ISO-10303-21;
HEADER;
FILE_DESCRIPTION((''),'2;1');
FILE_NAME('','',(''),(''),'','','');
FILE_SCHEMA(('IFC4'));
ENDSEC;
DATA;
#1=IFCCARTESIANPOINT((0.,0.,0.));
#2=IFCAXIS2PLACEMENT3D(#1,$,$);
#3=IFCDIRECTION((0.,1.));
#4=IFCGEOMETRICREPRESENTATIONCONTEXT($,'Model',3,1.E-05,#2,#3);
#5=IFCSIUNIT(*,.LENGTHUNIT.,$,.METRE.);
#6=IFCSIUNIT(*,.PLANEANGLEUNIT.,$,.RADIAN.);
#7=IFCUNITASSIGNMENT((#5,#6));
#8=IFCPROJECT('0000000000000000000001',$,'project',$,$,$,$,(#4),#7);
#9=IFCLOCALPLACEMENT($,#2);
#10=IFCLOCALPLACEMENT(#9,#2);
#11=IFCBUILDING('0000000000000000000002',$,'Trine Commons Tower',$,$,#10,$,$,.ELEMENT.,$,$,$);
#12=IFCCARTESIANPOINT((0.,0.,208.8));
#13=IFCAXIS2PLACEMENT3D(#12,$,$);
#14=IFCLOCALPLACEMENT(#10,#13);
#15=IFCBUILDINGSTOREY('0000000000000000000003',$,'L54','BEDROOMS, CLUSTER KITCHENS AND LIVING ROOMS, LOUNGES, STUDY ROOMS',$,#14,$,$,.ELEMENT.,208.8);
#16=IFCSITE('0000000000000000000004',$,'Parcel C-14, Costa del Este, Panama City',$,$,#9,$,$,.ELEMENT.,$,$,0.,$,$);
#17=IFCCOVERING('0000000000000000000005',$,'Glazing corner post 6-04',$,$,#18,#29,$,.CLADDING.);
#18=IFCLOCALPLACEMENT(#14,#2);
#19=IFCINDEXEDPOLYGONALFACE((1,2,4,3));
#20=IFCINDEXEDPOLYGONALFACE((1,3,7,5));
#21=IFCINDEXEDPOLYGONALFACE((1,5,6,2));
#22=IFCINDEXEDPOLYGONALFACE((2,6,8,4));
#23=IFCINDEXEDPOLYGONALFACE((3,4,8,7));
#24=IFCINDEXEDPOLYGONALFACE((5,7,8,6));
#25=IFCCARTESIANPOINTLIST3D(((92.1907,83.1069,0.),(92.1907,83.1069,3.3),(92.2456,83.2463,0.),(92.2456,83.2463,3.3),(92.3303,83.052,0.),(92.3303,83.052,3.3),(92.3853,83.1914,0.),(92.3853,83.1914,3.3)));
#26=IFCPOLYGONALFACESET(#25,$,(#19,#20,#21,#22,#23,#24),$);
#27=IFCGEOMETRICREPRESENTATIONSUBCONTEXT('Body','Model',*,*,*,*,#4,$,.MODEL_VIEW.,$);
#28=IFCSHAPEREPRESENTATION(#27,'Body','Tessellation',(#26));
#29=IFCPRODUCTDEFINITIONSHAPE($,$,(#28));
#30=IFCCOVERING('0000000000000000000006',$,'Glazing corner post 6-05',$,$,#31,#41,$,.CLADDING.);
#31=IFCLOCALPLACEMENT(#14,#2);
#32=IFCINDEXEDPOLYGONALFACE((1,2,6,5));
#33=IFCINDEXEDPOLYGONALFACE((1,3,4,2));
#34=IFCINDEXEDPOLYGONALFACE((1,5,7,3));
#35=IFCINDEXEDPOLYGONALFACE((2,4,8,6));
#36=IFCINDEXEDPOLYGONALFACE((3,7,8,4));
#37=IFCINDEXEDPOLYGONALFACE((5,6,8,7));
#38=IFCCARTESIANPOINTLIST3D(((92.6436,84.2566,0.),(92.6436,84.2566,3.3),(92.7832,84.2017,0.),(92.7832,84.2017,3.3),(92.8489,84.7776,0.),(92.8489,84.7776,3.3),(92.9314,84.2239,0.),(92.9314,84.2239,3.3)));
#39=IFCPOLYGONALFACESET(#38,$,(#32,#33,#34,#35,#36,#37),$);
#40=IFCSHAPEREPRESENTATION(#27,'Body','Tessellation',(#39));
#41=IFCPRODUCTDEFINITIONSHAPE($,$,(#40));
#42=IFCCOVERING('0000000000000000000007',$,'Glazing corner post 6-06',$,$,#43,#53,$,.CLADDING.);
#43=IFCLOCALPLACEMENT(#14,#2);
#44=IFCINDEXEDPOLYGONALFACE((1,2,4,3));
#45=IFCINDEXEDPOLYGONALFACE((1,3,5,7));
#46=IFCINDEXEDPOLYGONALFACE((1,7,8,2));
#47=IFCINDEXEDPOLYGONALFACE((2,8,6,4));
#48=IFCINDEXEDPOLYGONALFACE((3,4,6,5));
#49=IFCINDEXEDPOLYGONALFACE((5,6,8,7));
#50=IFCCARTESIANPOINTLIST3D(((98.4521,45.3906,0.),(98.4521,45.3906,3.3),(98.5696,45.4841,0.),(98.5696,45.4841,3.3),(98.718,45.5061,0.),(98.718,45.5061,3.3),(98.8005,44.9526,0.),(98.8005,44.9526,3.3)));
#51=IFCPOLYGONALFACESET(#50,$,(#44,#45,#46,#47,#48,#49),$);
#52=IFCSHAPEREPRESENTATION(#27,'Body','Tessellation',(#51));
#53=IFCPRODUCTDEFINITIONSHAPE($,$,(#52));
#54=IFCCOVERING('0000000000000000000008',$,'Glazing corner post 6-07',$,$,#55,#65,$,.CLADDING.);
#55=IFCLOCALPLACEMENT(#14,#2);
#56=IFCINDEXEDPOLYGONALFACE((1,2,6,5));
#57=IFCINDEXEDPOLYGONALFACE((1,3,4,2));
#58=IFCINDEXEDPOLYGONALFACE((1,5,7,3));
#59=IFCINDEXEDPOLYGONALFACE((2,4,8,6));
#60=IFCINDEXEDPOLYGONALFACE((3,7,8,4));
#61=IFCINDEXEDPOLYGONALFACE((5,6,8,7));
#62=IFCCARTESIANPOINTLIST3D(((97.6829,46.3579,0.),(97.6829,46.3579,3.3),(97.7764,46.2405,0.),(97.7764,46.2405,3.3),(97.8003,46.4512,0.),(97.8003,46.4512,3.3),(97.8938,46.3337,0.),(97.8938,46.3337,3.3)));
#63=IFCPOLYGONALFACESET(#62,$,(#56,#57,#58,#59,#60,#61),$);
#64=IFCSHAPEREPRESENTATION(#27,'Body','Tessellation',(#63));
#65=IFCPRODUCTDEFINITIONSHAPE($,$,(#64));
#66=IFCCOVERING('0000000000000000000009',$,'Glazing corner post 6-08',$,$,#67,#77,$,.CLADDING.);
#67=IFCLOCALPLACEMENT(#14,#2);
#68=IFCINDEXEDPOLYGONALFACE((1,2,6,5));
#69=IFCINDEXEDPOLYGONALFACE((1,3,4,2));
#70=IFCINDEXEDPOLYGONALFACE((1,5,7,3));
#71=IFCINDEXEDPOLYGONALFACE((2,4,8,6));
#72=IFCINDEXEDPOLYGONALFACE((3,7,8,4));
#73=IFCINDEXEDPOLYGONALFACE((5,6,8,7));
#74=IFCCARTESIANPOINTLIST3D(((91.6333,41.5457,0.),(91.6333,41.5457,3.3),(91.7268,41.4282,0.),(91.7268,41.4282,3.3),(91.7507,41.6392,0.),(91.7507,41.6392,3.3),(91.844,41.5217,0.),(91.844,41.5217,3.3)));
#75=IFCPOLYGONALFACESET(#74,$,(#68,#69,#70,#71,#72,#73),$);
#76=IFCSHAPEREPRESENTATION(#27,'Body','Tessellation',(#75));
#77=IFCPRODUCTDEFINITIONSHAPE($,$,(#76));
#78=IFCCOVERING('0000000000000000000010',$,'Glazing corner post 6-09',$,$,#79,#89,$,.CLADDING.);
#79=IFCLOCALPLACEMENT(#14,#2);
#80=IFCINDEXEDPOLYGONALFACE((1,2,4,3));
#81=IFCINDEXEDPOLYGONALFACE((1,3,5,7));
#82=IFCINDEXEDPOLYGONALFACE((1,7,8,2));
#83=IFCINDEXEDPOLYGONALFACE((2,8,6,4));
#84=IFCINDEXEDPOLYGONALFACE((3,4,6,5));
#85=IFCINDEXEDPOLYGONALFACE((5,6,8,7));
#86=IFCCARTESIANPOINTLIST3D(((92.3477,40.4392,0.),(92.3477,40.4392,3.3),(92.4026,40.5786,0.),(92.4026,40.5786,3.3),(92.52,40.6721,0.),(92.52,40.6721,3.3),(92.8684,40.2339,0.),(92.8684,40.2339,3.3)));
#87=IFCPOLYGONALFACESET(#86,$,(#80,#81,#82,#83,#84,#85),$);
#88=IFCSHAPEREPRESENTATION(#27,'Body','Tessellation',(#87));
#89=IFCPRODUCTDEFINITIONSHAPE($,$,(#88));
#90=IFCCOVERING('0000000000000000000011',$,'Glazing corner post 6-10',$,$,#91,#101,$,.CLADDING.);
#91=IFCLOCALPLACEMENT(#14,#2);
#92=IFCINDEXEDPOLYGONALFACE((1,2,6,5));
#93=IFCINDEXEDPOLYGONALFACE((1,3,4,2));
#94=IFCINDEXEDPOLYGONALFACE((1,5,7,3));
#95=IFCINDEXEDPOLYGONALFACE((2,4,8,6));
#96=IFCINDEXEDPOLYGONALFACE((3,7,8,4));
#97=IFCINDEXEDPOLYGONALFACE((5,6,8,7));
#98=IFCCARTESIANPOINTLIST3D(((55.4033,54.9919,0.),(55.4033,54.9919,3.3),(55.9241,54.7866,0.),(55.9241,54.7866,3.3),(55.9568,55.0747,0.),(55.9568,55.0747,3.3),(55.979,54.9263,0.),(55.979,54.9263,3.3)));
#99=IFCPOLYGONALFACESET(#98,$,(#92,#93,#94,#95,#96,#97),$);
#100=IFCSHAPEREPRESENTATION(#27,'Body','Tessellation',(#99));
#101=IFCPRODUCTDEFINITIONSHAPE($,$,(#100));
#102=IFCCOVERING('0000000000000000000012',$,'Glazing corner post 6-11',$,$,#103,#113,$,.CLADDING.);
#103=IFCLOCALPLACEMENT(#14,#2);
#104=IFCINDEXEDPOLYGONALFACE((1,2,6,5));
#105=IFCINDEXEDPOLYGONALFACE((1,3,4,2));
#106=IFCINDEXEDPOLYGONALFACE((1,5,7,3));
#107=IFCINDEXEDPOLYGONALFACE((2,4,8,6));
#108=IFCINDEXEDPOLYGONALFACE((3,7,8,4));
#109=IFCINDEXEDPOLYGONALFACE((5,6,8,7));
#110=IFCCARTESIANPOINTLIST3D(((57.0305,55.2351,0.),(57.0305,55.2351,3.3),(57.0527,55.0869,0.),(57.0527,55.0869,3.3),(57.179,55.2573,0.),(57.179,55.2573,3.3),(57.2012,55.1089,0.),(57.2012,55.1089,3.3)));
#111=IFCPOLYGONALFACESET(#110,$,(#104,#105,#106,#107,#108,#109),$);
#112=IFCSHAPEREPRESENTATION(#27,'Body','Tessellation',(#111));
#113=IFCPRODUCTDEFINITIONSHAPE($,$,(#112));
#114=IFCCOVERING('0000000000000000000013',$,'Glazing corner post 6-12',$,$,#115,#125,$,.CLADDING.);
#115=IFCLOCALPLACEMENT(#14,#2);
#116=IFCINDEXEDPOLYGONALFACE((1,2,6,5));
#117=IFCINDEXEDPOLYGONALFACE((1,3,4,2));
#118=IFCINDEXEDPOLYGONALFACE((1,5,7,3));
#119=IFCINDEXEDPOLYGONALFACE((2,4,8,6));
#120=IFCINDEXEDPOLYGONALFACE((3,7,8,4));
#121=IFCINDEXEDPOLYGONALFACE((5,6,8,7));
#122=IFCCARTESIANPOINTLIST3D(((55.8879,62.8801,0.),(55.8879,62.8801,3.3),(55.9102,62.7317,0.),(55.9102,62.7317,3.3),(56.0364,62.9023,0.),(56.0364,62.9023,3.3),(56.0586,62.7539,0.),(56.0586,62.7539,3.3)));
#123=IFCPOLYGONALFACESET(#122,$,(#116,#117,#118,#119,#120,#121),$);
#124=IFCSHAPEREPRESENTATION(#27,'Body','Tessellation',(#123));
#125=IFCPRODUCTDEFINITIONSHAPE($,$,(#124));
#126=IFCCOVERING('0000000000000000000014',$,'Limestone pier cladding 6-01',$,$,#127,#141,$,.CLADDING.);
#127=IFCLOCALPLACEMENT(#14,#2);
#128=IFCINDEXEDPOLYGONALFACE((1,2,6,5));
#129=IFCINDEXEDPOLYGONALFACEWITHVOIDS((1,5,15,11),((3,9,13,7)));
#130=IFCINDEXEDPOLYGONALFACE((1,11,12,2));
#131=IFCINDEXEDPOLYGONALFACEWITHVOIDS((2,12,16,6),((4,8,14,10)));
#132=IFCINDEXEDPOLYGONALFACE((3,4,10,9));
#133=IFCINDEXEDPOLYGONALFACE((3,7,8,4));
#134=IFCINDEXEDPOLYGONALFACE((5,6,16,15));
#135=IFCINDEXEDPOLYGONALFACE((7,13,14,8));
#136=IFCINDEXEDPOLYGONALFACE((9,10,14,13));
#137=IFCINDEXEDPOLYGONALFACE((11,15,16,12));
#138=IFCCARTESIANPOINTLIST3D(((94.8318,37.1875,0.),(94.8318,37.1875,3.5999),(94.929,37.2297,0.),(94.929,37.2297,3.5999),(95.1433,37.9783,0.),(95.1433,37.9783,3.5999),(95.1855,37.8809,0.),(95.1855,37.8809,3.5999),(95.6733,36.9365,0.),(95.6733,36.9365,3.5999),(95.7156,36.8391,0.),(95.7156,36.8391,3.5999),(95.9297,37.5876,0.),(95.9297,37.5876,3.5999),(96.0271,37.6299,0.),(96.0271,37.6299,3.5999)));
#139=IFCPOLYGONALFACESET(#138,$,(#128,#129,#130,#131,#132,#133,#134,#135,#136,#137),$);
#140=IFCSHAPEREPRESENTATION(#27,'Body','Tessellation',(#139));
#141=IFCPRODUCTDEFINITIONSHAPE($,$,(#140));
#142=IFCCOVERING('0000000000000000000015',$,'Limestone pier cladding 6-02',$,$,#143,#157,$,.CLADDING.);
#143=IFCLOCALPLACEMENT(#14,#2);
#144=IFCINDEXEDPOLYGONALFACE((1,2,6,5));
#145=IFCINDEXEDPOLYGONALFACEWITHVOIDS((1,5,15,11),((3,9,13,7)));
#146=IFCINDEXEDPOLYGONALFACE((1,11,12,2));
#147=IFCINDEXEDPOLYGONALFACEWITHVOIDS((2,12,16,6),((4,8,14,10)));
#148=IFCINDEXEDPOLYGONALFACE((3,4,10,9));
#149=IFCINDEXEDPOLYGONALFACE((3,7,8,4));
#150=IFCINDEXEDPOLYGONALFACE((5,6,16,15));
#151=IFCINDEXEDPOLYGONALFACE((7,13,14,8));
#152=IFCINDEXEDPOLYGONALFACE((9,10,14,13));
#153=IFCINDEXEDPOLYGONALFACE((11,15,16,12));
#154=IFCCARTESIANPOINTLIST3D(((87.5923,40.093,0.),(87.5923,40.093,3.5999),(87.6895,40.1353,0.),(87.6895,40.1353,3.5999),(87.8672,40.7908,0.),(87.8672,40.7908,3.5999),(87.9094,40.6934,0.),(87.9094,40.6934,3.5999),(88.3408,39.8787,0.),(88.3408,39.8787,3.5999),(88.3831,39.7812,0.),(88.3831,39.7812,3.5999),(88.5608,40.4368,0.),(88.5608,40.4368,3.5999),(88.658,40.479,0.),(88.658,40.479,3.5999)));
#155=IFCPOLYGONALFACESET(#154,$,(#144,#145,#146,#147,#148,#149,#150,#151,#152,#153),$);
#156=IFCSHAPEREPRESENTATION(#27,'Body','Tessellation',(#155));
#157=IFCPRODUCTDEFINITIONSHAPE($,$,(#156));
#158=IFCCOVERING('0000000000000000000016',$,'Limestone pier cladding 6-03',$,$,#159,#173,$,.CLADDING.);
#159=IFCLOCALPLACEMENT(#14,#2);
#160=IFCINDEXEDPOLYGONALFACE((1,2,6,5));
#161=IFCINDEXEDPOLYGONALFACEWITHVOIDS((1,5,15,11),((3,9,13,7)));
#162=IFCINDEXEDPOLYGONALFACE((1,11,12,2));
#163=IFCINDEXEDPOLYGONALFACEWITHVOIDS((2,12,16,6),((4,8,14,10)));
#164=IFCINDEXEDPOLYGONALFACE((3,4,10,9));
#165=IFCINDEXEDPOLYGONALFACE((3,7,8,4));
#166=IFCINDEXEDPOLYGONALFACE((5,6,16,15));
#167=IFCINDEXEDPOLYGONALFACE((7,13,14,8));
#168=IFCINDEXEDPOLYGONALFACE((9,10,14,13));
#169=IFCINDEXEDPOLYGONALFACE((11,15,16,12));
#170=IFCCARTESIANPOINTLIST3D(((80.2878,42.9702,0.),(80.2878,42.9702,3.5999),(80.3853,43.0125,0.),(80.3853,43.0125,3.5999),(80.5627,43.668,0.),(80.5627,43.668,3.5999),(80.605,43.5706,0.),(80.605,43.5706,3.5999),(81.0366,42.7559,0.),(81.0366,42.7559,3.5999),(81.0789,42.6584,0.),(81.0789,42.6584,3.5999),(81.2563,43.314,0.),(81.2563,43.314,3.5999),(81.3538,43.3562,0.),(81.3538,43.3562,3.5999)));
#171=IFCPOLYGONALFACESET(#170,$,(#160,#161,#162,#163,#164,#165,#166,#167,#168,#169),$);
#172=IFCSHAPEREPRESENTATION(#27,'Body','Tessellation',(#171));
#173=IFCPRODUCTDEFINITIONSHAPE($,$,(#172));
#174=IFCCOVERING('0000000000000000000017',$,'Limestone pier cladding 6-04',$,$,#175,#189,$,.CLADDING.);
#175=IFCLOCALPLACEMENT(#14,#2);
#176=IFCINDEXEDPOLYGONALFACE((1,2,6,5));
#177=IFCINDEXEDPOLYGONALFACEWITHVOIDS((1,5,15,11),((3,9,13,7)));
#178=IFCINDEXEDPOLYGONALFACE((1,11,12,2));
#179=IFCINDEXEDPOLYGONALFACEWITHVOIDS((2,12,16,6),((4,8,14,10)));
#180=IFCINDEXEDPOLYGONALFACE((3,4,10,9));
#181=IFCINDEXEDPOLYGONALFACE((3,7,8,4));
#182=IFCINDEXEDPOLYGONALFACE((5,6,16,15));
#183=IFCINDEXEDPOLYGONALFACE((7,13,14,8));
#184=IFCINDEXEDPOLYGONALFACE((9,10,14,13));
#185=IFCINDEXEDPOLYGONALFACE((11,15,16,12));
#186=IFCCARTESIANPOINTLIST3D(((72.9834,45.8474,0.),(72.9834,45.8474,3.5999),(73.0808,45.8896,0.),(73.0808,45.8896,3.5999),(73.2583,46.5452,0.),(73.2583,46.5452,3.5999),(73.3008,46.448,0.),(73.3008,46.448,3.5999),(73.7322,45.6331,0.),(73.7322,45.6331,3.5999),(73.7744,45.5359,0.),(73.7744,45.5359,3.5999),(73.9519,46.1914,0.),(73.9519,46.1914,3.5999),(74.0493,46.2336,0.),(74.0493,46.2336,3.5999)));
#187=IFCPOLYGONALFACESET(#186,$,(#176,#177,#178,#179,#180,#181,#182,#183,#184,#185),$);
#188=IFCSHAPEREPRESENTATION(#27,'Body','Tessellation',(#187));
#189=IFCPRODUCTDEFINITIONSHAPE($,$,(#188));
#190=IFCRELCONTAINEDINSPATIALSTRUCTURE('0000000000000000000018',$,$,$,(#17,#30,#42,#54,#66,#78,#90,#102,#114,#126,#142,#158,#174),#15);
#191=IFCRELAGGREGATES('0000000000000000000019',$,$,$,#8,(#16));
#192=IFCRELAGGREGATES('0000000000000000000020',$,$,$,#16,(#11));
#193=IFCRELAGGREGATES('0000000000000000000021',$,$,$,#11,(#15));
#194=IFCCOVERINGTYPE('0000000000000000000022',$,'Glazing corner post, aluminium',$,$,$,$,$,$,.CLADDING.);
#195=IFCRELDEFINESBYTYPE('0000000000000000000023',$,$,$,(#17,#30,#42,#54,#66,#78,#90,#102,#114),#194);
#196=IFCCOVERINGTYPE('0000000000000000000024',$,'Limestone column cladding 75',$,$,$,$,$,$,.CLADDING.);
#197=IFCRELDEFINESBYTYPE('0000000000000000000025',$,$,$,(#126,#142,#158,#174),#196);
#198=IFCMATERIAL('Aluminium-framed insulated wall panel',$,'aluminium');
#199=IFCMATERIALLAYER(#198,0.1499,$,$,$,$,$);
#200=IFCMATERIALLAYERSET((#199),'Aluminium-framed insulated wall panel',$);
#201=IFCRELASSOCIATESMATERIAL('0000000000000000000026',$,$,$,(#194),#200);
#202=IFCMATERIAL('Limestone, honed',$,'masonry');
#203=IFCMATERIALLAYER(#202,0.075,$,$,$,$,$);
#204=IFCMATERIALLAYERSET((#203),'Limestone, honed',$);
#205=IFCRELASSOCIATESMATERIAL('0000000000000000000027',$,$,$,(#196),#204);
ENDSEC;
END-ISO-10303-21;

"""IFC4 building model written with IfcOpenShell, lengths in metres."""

from ifc_helpers import new_model, si_unit, direction, frame, origin, place, context, subcontext, project, spatial, polyline, outline, extrude, material, layer, layer_set, type_object, element, save


model = new_model("IFC4")

# Units and contexts
model_context = context("Model", 3, precision=1e-05, world=origin(), true_north=direction((0.0, 1.0)))
body_context = subcontext(model_context, "Body", "Model", "MODEL_VIEW")
ifc_project = project(units=[si_unit("LENGTHUNIT", "METRE"), si_unit("PLANEANGLEUNIT", "RADIAN")], contexts=[model_context])

# Site, building, storey
site_placement = place(None, origin())
site = spatial("IfcSite", under=ifc_project, at=site_placement, Name="Parcel C-14, Costa del Este, Panama City", CompositionType="ELEMENT", RefElevation=0.0)
building_placement = place(site_placement, origin())
building = spatial("IfcBuilding", under=site, at=building_placement, Name="Trine Commons Tower", CompositionType="ELEMENT")
storey_placement = place(building_placement, frame((0.0, 0.0, 208.8)))
storey = spatial("IfcBuildingStorey", under=building, at=storey_placement, Name="L54", Description="BEDROOMS, CLUSTER KITCHENS AND LIVING ROOMS, LOUNGES, STUDY ROOMS", CompositionType="ELEMENT", Elevation=208.8)

# Coverings
ifc_material_1 = material(Name="Aluminium-framed insulated wall panel", Category="aluminium")
ifc_layer_1 = layer(ifc_material_1, 0.1499)
ifc_layer_set_1 = layer_set([ifc_layer_1], Name="Aluminium-framed insulated wall panel")
covering_type_1 = type_object("IfcCoveringType", Name="Glazing corner post, aluminium", PredefinedType="CLADDING", material=ifc_layer_set_1)
covering_1_placement = place(storey_placement, origin())
element("IfcCovering", 1, at=covering_1_placement, inside=storey, type_object=covering_type_1, Name="Glazing corner post 6-04", PredefinedType="CLADDING", context=body_context, shape_type="SweptSolid", body=[
    extrude(outline(polyline([(92.1907, 83.1069), (92.3303, 83.052), (92.3853, 83.1914), (92.2456, 83.2463), (92.1907, 83.1069)])), origin(), (0.0, 0.0, 1.0), 3.3),
])
covering_2_placement = place(storey_placement, origin())
element("IfcCovering", 2, at=covering_2_placement, inside=storey, type_object=covering_type_1, Name="Glazing corner post 6-05", PredefinedType="CLADDING", context=body_context, shape_type="SweptSolid", body=[
    extrude(outline(polyline([(92.6436, 84.2566), (92.7832, 84.2017), (92.9314, 84.2239), (92.8489, 84.7776), (92.6436, 84.2566)])), origin(), (0.0, 0.0, 1.0), 3.3),
])
covering_3_placement = place(storey_placement, origin())
element("IfcCovering", 3, at=covering_3_placement, inside=storey, type_object=covering_type_1, Name="Glazing corner post 6-06", PredefinedType="CLADDING", context=body_context, shape_type="SweptSolid", body=[
    extrude(outline(polyline([(98.4521, 45.3906), (98.8005, 44.9526), (98.718, 45.5061), (98.5696, 45.4841), (98.4521, 45.3906)])), origin(), (0.0, 0.0, 1.0), 3.3),
])
covering_4_placement = place(storey_placement, origin())
element("IfcCovering", 4, at=covering_4_placement, inside=storey, type_object=covering_type_1, Name="Glazing corner post 6-07", PredefinedType="CLADDING", context=body_context, shape_type="SweptSolid", body=[
    extrude(outline(polyline([(97.6829, 46.3579), (97.7764, 46.2405), (97.7764, 46.2405), (97.8938, 46.3337), (97.8003, 46.4512), (97.8003, 46.4512), (97.6829, 46.3579)])), origin(), (0.0, 0.0, 1.0), 3.3),
])
covering_5_placement = place(storey_placement, origin())
element("IfcCovering", 5, at=covering_5_placement, inside=storey, type_object=covering_type_1, Name="Glazing corner post 6-08", PredefinedType="CLADDING", context=body_context, shape_type="SweptSolid", body=[
    extrude(outline(polyline([(91.7268, 41.4282), (91.844, 41.5217), (91.7507, 41.6392), (91.6333, 41.5457), (91.7268, 41.4282)])), origin(), (0.0, 0.0, 1.0), 3.3),
])
covering_6_placement = place(storey_placement, origin())
element("IfcCovering", 6, at=covering_6_placement, inside=storey, type_object=covering_type_1, Name="Glazing corner post 6-09", PredefinedType="CLADDING", context=body_context, shape_type="SweptSolid", body=[
    extrude(outline(polyline([(92.3477, 40.4392), (92.8684, 40.2339), (92.52, 40.6721), (92.4026, 40.5786), (92.3477, 40.4392)])), origin(), (0.0, 0.0, 1.0), 3.3),
])
covering_7_placement = place(storey_placement, origin())
element("IfcCovering", 7, at=covering_7_placement, inside=storey, type_object=covering_type_1, Name="Glazing corner post 6-10", PredefinedType="CLADDING", context=body_context, shape_type="SweptSolid", body=[
    extrude(outline(polyline([(55.9241, 54.7866), (55.979, 54.9263), (55.9568, 55.0747), (55.4033, 54.9919), (55.9241, 54.7866)])), origin(), (0.0, 0.0, 1.0), 3.3),
])
covering_8_placement = place(storey_placement, origin())
element("IfcCovering", 8, at=covering_8_placement, inside=storey, type_object=covering_type_1, Name="Glazing corner post 6-11", PredefinedType="CLADDING", context=body_context, shape_type="SweptSolid", body=[
    extrude(outline(polyline([(57.0305, 55.2351), (57.0527, 55.0869), (57.2012, 55.1089), (57.179, 55.2573), (57.0305, 55.2351)])), origin(), (0.0, 0.0, 1.0), 3.3),
])
covering_9_placement = place(storey_placement, origin())
element("IfcCovering", 9, at=covering_9_placement, inside=storey, type_object=covering_type_1, Name="Glazing corner post 6-12", PredefinedType="CLADDING", context=body_context, shape_type="SweptSolid", body=[
    extrude(outline(polyline([(55.9102, 62.7317), (55.9102, 62.7317), (56.0586, 62.7539), (56.0364, 62.9023), (55.8879, 62.8801), (55.9102, 62.7317)])), origin(), (0.0, 0.0, 1.0), 3.3),
])
ifc_material_2 = material(Name="Limestone, honed", Category="masonry")
ifc_layer_2 = layer(ifc_material_2, 0.075)
ifc_layer_set_2 = layer_set([ifc_layer_2], Name="Limestone, honed")
covering_type_2 = type_object("IfcCoveringType", Name="Limestone column cladding 75", PredefinedType="CLADDING", material=ifc_layer_set_2)
covering_10_placement = place(storey_placement, origin())
element("IfcCovering", 10, at=covering_10_placement, inside=storey, type_object=covering_type_2, Name="Limestone pier cladding 6-01", PredefinedType="CLADDING", context=body_context, shape_type="SweptSolid", body=[
    extrude(outline(polyline([(95.1433, 37.9783), (94.8318, 37.1875), (95.7156, 36.8391), (96.0271, 37.6299), (95.1433, 37.9783)]), holes=[polyline([(95.1855, 37.8809), (94.929, 37.2297), (95.6733, 36.9365), (95.9297, 37.5876), (95.1855, 37.8809)])]), origin(), (0.0, 0.0, 1.0), 3.5999),
])
covering_11_placement = place(storey_placement, origin())
element("IfcCovering", 11, at=covering_11_placement, inside=storey, type_object=covering_type_2, Name="Limestone pier cladding 6-02", PredefinedType="CLADDING", context=body_context, shape_type="SweptSolid", body=[
    extrude(outline(polyline([(87.8672, 40.7908), (87.5923, 40.093), (88.3831, 39.7812), (88.658, 40.479), (87.8672, 40.7908)]), holes=[polyline([(87.9094, 40.6934), (87.6895, 40.1353), (88.3408, 39.8787), (88.5608, 40.4368), (87.9094, 40.6934)])]), origin(), (0.0, 0.0, 1.0), 3.5999),
])
covering_12_placement = place(storey_placement, origin())
element("IfcCovering", 12, at=covering_12_placement, inside=storey, type_object=covering_type_2, Name="Limestone pier cladding 6-03", PredefinedType="CLADDING", context=body_context, shape_type="SweptSolid", body=[
    extrude(outline(polyline([(80.5627, 43.668), (80.2878, 42.9702), (81.0789, 42.6584), (81.3538, 43.3562), (80.5627, 43.668)]), holes=[polyline([(80.605, 43.5706), (80.3853, 43.0125), (81.0366, 42.7559), (81.2563, 43.314), (80.605, 43.5706)])]), origin(), (0.0, 0.0, 1.0), 3.5999),
])
covering_13_placement = place(storey_placement, origin())
element("IfcCovering", 13, at=covering_13_placement, inside=storey, type_object=covering_type_2, Name="Limestone pier cladding 6-04", PredefinedType="CLADDING", context=body_context, shape_type="SweptSolid", body=[
    extrude(outline(polyline([(73.2583, 46.5452), (72.9834, 45.8474), (73.7744, 45.5359), (74.0493, 46.2336), (73.2583, 46.5452)]), holes=[polyline([(73.3008, 46.448), (73.0808, 45.8896), (73.7322, 45.6331), (73.9519, 46.1914), (73.3008, 46.448)])]), origin(), (0.0, 0.0, 1.0), 3.5999),
])

save(model, "model.ifc")
